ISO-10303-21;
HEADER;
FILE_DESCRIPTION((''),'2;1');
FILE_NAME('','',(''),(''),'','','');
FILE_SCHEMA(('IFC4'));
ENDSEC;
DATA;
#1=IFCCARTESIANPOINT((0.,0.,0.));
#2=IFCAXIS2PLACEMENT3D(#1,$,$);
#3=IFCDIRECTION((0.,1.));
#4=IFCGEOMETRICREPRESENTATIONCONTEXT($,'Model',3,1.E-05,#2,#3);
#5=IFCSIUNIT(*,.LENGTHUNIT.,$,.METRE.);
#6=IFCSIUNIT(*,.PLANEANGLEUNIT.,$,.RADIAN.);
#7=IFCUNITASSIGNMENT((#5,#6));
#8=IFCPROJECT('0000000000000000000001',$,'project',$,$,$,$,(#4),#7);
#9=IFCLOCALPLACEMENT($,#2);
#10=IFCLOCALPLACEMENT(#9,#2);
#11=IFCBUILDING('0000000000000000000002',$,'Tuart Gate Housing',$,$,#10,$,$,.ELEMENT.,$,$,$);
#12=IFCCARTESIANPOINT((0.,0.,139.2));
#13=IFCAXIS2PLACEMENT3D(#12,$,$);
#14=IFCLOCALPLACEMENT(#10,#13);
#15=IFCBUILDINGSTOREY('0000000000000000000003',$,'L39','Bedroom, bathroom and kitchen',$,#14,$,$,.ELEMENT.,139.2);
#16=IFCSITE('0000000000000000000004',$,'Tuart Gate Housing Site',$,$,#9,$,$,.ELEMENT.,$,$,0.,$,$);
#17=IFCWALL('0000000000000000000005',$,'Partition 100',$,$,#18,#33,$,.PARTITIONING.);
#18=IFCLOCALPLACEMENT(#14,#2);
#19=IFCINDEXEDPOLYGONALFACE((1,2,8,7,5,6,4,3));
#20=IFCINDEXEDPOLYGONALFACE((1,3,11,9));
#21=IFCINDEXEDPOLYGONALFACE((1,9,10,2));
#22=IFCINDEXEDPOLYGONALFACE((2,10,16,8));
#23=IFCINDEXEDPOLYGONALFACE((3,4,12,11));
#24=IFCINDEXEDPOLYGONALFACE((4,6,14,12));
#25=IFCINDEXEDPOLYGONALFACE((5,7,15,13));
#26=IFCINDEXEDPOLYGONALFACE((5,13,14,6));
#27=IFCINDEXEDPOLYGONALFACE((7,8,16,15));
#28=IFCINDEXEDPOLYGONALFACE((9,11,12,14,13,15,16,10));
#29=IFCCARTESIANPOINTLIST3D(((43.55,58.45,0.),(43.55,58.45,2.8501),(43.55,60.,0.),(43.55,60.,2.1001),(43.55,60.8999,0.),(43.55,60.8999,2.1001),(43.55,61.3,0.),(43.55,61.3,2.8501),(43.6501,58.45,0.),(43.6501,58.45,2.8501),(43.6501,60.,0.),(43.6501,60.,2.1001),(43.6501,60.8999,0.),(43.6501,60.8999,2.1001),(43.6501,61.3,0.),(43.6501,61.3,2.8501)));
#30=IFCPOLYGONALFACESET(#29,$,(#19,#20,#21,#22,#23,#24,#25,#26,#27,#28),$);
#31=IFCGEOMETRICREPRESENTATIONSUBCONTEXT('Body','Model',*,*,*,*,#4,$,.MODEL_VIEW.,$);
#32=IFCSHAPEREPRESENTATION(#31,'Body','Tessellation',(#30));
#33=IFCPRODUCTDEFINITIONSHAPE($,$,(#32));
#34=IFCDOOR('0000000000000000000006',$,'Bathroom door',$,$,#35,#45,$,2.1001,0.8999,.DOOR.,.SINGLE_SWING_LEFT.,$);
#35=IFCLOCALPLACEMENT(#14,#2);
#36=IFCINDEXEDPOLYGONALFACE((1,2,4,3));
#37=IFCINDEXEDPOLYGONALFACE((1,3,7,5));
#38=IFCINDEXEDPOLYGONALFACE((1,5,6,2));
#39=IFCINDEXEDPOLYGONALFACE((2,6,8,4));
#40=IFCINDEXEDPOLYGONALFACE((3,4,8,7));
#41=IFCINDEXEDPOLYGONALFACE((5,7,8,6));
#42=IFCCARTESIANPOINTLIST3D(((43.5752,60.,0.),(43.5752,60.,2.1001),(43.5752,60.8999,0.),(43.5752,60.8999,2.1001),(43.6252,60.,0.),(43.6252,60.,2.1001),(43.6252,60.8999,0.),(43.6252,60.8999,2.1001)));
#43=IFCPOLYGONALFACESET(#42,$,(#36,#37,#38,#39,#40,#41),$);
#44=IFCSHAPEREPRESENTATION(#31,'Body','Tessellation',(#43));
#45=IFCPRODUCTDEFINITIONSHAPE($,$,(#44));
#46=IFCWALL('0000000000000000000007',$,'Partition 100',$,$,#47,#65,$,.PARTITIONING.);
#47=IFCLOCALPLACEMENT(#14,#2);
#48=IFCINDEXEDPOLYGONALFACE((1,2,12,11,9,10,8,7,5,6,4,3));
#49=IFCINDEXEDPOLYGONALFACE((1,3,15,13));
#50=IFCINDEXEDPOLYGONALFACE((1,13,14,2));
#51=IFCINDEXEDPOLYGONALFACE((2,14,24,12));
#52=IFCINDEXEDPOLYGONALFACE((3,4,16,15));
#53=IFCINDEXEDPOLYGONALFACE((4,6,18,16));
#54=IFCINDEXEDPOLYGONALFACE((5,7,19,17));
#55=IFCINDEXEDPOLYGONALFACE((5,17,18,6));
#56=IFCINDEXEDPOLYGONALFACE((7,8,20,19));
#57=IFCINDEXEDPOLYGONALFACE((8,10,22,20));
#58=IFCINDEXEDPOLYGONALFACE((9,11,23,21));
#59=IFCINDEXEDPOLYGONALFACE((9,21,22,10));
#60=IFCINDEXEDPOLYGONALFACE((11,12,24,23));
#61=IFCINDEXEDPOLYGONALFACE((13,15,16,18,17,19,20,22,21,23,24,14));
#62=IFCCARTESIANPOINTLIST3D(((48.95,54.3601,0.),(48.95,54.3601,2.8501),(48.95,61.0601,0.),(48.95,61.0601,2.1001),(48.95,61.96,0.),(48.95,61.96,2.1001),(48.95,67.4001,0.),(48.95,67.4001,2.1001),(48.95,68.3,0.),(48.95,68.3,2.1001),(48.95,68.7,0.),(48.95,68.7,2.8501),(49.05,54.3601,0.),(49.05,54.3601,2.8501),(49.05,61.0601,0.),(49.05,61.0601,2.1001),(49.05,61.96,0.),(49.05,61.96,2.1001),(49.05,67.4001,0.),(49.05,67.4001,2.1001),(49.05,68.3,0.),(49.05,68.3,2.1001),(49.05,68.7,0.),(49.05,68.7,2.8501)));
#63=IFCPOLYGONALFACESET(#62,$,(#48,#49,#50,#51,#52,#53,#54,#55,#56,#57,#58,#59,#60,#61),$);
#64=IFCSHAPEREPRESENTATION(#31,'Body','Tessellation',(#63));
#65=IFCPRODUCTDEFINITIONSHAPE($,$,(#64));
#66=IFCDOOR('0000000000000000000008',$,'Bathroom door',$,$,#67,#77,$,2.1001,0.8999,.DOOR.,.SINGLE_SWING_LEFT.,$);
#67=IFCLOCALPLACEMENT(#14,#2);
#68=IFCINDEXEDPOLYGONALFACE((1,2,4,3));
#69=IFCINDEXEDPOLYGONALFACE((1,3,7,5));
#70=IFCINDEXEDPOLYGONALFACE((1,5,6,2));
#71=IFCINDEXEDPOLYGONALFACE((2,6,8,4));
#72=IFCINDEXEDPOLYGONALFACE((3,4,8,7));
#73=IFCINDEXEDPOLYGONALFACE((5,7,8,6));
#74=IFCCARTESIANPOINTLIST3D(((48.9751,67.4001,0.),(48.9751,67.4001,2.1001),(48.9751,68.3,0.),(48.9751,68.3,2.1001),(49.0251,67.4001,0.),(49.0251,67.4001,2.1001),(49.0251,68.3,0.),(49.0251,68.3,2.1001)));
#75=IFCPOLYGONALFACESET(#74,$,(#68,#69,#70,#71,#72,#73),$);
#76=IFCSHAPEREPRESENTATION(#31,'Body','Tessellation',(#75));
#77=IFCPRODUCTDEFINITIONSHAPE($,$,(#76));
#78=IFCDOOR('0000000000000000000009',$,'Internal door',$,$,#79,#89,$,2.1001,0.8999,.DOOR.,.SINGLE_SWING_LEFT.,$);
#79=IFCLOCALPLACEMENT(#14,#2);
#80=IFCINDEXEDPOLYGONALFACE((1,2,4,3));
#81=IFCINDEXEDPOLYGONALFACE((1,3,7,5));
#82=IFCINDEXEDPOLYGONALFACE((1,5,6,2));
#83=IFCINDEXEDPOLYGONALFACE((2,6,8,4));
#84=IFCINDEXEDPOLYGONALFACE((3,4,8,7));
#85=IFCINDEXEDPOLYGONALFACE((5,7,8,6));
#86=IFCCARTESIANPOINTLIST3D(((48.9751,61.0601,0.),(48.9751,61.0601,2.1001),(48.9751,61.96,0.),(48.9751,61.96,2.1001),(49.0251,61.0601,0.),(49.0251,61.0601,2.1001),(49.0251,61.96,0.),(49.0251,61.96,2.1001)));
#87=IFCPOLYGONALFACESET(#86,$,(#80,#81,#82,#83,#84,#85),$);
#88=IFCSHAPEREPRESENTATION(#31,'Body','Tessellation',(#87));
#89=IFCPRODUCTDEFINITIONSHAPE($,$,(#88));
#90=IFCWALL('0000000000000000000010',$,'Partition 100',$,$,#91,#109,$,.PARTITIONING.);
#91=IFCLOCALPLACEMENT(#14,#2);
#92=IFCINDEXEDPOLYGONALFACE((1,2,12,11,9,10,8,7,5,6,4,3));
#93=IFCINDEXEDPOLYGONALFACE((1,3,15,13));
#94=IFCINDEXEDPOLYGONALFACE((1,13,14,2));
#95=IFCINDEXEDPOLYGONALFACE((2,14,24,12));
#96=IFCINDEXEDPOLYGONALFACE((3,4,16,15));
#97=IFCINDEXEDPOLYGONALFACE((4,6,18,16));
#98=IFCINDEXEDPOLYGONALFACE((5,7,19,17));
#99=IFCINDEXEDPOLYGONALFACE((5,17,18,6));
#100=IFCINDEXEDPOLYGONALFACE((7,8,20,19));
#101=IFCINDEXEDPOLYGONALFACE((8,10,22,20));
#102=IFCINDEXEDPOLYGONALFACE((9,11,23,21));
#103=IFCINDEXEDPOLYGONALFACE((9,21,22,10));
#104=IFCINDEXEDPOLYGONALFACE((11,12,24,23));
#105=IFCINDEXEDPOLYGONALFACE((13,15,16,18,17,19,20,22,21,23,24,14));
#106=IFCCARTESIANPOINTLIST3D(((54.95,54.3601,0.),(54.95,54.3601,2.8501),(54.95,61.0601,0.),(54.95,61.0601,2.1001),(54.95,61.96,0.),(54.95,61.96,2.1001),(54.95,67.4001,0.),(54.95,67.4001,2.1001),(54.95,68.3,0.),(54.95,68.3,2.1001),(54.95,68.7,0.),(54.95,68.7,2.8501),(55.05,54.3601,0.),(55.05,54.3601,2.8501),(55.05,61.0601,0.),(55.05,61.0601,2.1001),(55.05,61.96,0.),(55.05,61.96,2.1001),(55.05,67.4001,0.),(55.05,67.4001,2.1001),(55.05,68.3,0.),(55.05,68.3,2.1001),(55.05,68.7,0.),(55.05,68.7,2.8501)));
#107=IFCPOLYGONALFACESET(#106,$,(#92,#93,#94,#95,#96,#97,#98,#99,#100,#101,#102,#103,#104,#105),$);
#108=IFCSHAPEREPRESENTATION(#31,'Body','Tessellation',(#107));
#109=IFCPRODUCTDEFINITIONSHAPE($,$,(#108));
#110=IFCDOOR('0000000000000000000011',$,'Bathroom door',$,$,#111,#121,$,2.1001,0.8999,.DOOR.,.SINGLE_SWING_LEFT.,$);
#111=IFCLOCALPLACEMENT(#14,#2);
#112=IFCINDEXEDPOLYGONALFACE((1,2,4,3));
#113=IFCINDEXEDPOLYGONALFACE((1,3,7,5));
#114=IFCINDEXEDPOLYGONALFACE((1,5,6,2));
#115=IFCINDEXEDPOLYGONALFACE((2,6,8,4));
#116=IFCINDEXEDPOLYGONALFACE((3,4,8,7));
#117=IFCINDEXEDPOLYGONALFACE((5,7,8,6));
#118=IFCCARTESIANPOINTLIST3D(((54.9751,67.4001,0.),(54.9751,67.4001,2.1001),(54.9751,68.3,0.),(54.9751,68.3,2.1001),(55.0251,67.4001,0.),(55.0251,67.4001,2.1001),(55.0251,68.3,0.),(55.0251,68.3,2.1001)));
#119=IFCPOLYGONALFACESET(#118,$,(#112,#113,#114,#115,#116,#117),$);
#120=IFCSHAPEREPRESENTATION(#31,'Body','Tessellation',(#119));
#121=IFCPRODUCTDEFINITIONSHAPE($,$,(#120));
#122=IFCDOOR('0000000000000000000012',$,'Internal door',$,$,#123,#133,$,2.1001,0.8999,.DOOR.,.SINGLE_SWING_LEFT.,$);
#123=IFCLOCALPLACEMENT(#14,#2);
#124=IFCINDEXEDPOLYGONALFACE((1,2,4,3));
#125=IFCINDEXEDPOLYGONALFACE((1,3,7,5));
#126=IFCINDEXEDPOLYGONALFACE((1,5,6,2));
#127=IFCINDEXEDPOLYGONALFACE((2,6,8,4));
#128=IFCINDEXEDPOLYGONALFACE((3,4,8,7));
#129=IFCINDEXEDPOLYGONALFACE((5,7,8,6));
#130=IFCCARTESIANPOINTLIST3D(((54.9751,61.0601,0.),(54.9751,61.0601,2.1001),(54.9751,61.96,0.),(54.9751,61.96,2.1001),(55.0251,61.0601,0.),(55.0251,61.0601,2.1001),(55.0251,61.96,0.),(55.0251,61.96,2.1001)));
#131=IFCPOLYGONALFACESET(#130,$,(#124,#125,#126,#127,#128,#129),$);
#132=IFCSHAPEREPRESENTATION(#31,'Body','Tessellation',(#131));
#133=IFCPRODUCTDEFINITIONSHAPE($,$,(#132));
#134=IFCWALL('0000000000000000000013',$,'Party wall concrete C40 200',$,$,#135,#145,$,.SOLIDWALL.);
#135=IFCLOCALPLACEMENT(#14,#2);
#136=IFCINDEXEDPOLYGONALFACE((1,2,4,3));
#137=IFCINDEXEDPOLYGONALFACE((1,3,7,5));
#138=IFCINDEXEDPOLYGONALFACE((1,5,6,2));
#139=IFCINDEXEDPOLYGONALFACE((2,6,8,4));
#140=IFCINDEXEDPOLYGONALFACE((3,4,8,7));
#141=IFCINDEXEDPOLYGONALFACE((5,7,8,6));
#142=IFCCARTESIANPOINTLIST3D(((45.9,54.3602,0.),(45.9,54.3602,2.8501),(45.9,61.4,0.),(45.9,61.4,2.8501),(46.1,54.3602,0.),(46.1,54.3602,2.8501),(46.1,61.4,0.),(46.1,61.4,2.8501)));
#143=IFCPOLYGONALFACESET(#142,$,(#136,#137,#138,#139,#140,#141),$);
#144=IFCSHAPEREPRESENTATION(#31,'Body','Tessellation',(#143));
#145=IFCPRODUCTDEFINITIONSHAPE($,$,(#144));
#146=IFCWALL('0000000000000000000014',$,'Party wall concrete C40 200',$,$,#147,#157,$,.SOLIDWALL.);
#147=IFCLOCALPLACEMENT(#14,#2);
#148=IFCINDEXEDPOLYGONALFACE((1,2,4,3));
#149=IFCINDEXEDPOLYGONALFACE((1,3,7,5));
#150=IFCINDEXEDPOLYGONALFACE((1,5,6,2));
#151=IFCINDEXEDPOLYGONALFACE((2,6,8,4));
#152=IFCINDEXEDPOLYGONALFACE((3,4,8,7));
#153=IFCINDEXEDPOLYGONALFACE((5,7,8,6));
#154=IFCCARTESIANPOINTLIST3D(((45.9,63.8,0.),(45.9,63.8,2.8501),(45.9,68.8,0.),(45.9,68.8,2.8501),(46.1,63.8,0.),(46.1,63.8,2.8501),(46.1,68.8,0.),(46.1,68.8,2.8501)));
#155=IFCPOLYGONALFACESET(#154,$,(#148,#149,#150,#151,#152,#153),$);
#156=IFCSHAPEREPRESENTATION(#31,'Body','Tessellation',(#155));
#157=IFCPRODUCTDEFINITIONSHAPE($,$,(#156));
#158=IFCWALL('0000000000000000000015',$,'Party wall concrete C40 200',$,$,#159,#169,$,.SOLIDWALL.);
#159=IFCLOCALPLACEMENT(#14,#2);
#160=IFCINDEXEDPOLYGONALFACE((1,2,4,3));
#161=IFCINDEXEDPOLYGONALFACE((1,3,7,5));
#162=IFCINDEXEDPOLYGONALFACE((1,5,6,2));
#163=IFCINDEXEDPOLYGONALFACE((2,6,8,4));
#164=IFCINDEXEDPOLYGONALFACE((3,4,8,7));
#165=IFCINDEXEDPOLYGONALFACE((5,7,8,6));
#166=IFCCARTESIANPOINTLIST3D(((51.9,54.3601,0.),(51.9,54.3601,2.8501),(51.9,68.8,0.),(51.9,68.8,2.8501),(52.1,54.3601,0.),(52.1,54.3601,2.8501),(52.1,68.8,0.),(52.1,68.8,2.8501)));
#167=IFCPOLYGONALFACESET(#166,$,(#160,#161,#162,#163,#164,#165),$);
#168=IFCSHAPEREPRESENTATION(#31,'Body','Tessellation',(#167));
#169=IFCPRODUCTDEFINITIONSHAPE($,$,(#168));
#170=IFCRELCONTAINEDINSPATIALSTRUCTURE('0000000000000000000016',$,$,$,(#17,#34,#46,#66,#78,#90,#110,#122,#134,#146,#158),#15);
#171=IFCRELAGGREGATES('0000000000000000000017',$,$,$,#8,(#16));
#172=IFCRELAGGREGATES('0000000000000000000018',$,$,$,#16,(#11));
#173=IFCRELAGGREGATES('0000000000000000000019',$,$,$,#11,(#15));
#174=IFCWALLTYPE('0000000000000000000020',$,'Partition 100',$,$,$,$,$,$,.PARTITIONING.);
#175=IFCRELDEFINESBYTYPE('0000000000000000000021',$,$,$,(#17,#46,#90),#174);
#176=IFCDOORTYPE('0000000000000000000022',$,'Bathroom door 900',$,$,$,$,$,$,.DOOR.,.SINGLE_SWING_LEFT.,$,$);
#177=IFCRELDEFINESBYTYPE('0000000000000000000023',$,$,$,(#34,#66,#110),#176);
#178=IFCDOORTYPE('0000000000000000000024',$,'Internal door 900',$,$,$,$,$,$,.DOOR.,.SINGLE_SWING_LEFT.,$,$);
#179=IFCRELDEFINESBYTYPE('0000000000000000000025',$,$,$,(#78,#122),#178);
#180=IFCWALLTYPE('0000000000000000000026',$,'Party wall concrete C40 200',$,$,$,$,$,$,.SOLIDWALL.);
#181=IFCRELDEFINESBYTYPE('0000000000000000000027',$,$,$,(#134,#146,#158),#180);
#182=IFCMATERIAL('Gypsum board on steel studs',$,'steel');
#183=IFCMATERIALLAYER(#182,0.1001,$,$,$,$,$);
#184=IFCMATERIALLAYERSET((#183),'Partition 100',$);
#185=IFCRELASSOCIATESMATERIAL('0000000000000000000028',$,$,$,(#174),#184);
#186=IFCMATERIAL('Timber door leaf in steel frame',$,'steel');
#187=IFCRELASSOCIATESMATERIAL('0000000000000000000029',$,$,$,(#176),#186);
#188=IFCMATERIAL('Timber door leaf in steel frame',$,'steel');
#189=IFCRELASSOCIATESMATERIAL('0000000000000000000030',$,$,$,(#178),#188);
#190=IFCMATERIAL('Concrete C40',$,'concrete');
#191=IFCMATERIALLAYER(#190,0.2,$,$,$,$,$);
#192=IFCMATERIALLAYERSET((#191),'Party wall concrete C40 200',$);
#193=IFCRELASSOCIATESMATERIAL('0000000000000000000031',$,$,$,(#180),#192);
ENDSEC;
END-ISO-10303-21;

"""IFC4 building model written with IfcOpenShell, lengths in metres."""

from ifc_helpers import new_model, si_unit, direction, frame, frame_2d, origin, place, context, subcontext, project, spatial, rectangle, extrude, material, layer, layer_set, type_object, element, fill, save


model = new_model("IFC4")

# Units and contexts
model_context = context("Model", 3, precision=1e-05, world=origin(), true_north=direction((0.0, 1.0)))
body_context = subcontext(model_context, "Body", "Model", "MODEL_VIEW")
ifc_project = project(units=[si_unit("LENGTHUNIT", "METRE"), si_unit("PLANEANGLEUNIT", "RADIAN")], contexts=[model_context])

# Site, building, storey
site_placement = place(None, origin())
site = spatial("IfcSite", under=ifc_project, at=site_placement, Name="Tuart Gate Housing Site", CompositionType="ELEMENT", RefElevation=0.0)
building_placement = place(site_placement, origin())
building = spatial("IfcBuilding", under=site, at=building_placement, Name="Tuart Gate Housing", CompositionType="ELEMENT")
storey_placement = place(building_placement, frame((0.0, 0.0, 139.2)))
storey = spatial("IfcBuildingStorey", under=building, at=storey_placement, Name="L39", Description="Bedroom, bathroom and kitchen", CompositionType="ELEMENT", Elevation=139.2)

# Shared definitions
ifc_material_1 = material(Name="Gypsum board on steel studs", Category="steel")
ifc_layer_1 = layer(ifc_material_1, 0.1001)
ifc_layer_set_1 = layer_set([ifc_layer_1], Name="Partition 100")
wall_type_1 = type_object("IfcWallType", Name="Partition 100", PredefinedType="PARTITIONING", material=ifc_layer_set_1)

# Wall, opening, door
wall_1_placement = place(storey_placement, frame((43.6001, 58.45, 0.0), z_axis=(0.0, 0.0, 1.0), x_axis=(0.0, 1.0, 0.0)))
wall_1 = element("IfcWall", 1, at=wall_1_placement, inside=storey, type_object=wall_type_1, Name="Partition 100", PredefinedType="PARTITIONING", context=body_context, shape_type="SweptSolid", body=[
    extrude(rectangle(XDim=2.8501, YDim=0.1001, at=frame_2d((1.425, 0.0))), origin(), (0.0, 0.0, 1.0), 2.8501),
])
opening_1_placement = place(wall_1_placement, frame((1.55, 0.0, 0.0)))
opening_1 = element("IfcOpeningElement", 2, at=opening_1_placement, cuts=wall_1, PredefinedType="OPENING", context=body_context, shape_type="SweptSolid", body=[
    extrude(rectangle(XDim=0.8999, YDim=2.1001, at=frame_2d((0.45, 1.05))), frame((0.0, 0.0601, 0.0), z_axis=(0.0, -1.0, 0.0), x_axis=(1.0, 0.0, 0.0)), (0.0, 0.0, 1.0), 0.1201),
])
ifc_material_2 = material(Name="Timber door leaf in steel frame", Category="steel")
door_type_1 = type_object("IfcDoorType", Name="Bathroom door 900", OperationType="SINGLE_SWING_LEFT", PredefinedType="DOOR", material=ifc_material_2)
door_1_placement = place(opening_1_placement, frame((0.8999, 0.0, 0.0), z_axis=(0.0, 0.0, 1.0), x_axis=(-1.0, 0.0, 0.0)))
door_1 = element("IfcDoor", 3, at=door_1_placement, inside=storey, type_object=door_type_1, Name="Bathroom door", OperationType="SINGLE_SWING_LEFT", OverallHeight=2.1001, OverallWidth=0.8999, PredefinedType="DOOR", context=body_context, shape_type="SweptSolid", body=[
    extrude(rectangle(XDim=0.8999, YDim=2.1001, at=frame_2d((0.45, 1.05))), frame((0.0, 0.0251, 0.0), z_axis=(0.0, -1.0, 0.0), x_axis=(1.0, 0.0, 0.0)), (0.0, 0.0, 1.0), 0.05),
])
fill(opening_1, door_1)

# Walls, openings, doors
wall_2_placement = place(storey_placement, frame((49.0, 54.3601, 0.0), z_axis=(0.0, 0.0, 1.0), x_axis=(0.0, 1.0, 0.0)))
wall_2 = element("IfcWall", 4, at=wall_2_placement, inside=storey, type_object=wall_type_1, Name="Partition 100", PredefinedType="PARTITIONING", context=body_context, shape_type="SweptSolid", body=[
    extrude(rectangle(XDim=14.3398, YDim=0.1001, at=frame_2d((7.1699, 0.0))), origin(), (0.0, 0.0, 1.0), 2.8501),
])
opening_2_placement = place(wall_2_placement, frame((6.7, 0.0, 0.0)))
opening_2 = element("IfcOpeningElement", 5, at=opening_2_placement, cuts=wall_2, PredefinedType="OPENING", context=body_context, shape_type="SweptSolid", body=[
    extrude(rectangle(XDim=0.8999, YDim=2.1001, at=frame_2d((0.45, 1.05))), frame((0.0, 0.0601, 0.0), z_axis=(0.0, -1.0, 0.0), x_axis=(1.0, 0.0, 0.0)), (0.0, 0.0, 1.0), 0.1201),
])
opening_3_placement = place(wall_2_placement, frame((13.04, 0.0, 0.0)))
opening_3 = element("IfcOpeningElement", 6, at=opening_3_placement, cuts=wall_2, PredefinedType="OPENING", context=body_context, shape_type="SweptSolid", body=[
    extrude(rectangle(XDim=0.8999, YDim=2.1001, at=frame_2d((0.45, 1.05))), frame((0.0, 0.0601, 0.0), z_axis=(0.0, -1.0, 0.0), x_axis=(1.0, 0.0, 0.0)), (0.0, 0.0, 1.0), 0.1201),
])
door_2_placement = place(opening_3_placement, frame((0.8999, 0.0, 0.0), z_axis=(0.0, 0.0, 1.0), x_axis=(-1.0, 0.0, 0.0)))
door_2 = element("IfcDoor", 7, at=door_2_placement, inside=storey, type_object=door_type_1, Name="Bathroom door", OperationType="SINGLE_SWING_LEFT", OverallHeight=2.1001, OverallWidth=0.8999, PredefinedType="DOOR", context=body_context, shape_type="SweptSolid", body=[
    extrude(rectangle(XDim=0.8999, YDim=2.1001, at=frame_2d((0.45, 1.05))), frame((0.0, 0.0251, 0.0), z_axis=(0.0, -1.0, 0.0), x_axis=(1.0, 0.0, 0.0)), (0.0, 0.0, 1.0), 0.05),
])
fill(opening_3, door_2)
ifc_material_3 = material(Name="Timber door leaf in steel frame", Category="steel")
door_type_2 = type_object("IfcDoorType", Name="Internal door 900", OperationType="SINGLE_SWING_LEFT", PredefinedType="DOOR", material=ifc_material_3)
door_3_placement = place(opening_2_placement, frame((0.8999, 0.0, 0.0), z_axis=(0.0, 0.0, 1.0), x_axis=(-1.0, 0.0, 0.0)))
door_3 = element("IfcDoor", 8, at=door_3_placement, inside=storey, type_object=door_type_2, Name="Internal door", OperationType="SINGLE_SWING_LEFT", OverallHeight=2.1001, OverallWidth=0.8999, PredefinedType="DOOR", context=body_context, shape_type="SweptSolid", body=[
    extrude(rectangle(XDim=0.8999, YDim=2.1001, at=frame_2d((0.45, 1.05))), frame((0.0, 0.0251, 0.0), z_axis=(0.0, -1.0, 0.0), x_axis=(1.0, 0.0, 0.0)), (0.0, 0.0, 1.0), 0.05),
])
fill(opening_2, door_3)
wall_3_placement = place(storey_placement, frame((55.0, 54.3601, 0.0), z_axis=(0.0, 0.0, 1.0), x_axis=(0.0, 1.0, 0.0)))
wall_3 = element("IfcWall", 9, at=wall_3_placement, inside=storey, type_object=wall_type_1, Name="Partition 100", PredefinedType="PARTITIONING", context=body_context, shape_type="SweptSolid", body=[
    extrude(rectangle(XDim=14.3398, YDim=0.1001, at=frame_2d((7.1699, 0.0))), origin(), (0.0, 0.0, 1.0), 2.8501),
])
opening_4_placement = place(wall_3_placement, frame((6.7, 0.0, 0.0)))
opening_4 = element("IfcOpeningElement", 10, at=opening_4_placement, cuts=wall_3, PredefinedType="OPENING", context=body_context, shape_type="SweptSolid", body=[
    extrude(rectangle(XDim=0.8999, YDim=2.1001, at=frame_2d((0.45, 1.05))), frame((0.0, 0.0601, 0.0), z_axis=(0.0, -1.0, 0.0), x_axis=(1.0, 0.0, 0.0)), (0.0, 0.0, 1.0), 0.1201),
])
opening_5_placement = place(wall_3_placement, frame((13.04, 0.0, 0.0)))
opening_5 = element("IfcOpeningElement", 11, at=opening_5_placement, cuts=wall_3, PredefinedType="OPENING", context=body_context, shape_type="SweptSolid", body=[
    extrude(rectangle(XDim=0.8999, YDim=2.1001, at=frame_2d((0.45, 1.05))), frame((0.0, 0.0601, 0.0), z_axis=(0.0, -1.0, 0.0), x_axis=(1.0, 0.0, 0.0)), (0.0, 0.0, 1.0), 0.1201),
])
door_4_placement = place(opening_5_placement, frame((0.8999, 0.0, 0.0), z_axis=(0.0, 0.0, 1.0), x_axis=(-1.0, 0.0, 0.0)))
door_4 = element("IfcDoor", 12, at=door_4_placement, inside=storey, type_object=door_type_1, Name="Bathroom door", OperationType="SINGLE_SWING_LEFT", OverallHeight=2.1001, OverallWidth=0.8999, PredefinedType="DOOR", context=body_context, shape_type="SweptSolid", body=[
    extrude(rectangle(XDim=0.8999, YDim=2.1001, at=frame_2d((0.45, 1.05))), frame((0.0, 0.0251, 0.0), z_axis=(0.0, -1.0, 0.0), x_axis=(1.0, 0.0, 0.0)), (0.0, 0.0, 1.0), 0.05),
])
fill(opening_5, door_4)
door_5_placement = place(opening_4_placement, frame((0.8999, 0.0, 0.0), z_axis=(0.0, 0.0, 1.0), x_axis=(-1.0, 0.0, 0.0)))
door_5 = element("IfcDoor", 13, at=door_5_placement, inside=storey, type_object=door_type_2, Name="Internal door", OperationType="SINGLE_SWING_LEFT", OverallHeight=2.1001, OverallWidth=0.8999, PredefinedType="DOOR", context=body_context, shape_type="SweptSolid", body=[
    extrude(rectangle(XDim=0.8999, YDim=2.1001, at=frame_2d((0.45, 1.05))), frame((0.0, 0.0251, 0.0), z_axis=(0.0, -1.0, 0.0), x_axis=(1.0, 0.0, 0.0)), (0.0, 0.0, 1.0), 0.05),
])
fill(opening_4, door_5)

# Walls
ifc_material_4 = material(Name="Concrete C40", Category="concrete")
ifc_layer_2 = layer(ifc_material_4, 0.2)
ifc_layer_set_2 = layer_set([ifc_layer_2], Name="Party wall concrete C40 200")
wall_type_2 = type_object("IfcWallType", Name="Party wall concrete C40 200", PredefinedType="SOLIDWALL", material=ifc_layer_set_2)
wall_4_placement = place(storey_placement, frame((46.0, 54.3601, 0.0), z_axis=(0.0, 0.0, 1.0), x_axis=(0.0, 1.0, 0.0)))
element("IfcWall", 14, at=wall_4_placement, inside=storey, type_object=wall_type_2, Name="Party wall concrete C40 200", PredefinedType="SOLIDWALL", context=body_context, shape_type="SweptSolid", body=[
    extrude(rectangle(XDim=7.0398, YDim=0.2, at=frame_2d((3.52, 0.0))), origin(), (0.0, 0.0, 1.0), 2.8501),
])
wall_5_placement = place(storey_placement, frame((46.0, 63.8, 0.0), z_axis=(0.0, 0.0, 1.0), x_axis=(0.0, 1.0, 0.0)))
element("IfcWall", 15, at=wall_5_placement, inside=storey, type_object=wall_type_2, Name="Party wall concrete C40 200", PredefinedType="SOLIDWALL", context=body_context, shape_type="SweptSolid", body=[
    extrude(rectangle(XDim=5.0, YDim=0.2, at=frame_2d((2.5, 0.0))), origin(), (0.0, 0.0, 1.0), 2.8501),
])
wall_6_placement = place(storey_placement, frame((52.0, 54.3601, 0.0), z_axis=(0.0, 0.0, 1.0), x_axis=(0.0, 1.0, 0.0)))
element("IfcWall", 16, at=wall_6_placement, inside=storey, type_object=wall_type_2, Name="Party wall concrete C40 200", PredefinedType="SOLIDWALL", context=body_context, shape_type="SweptSolid", body=[
    extrude(rectangle(XDim=14.4399, YDim=0.2, at=frame_2d((7.22, 0.0))), origin(), (0.0, 0.0, 1.0), 2.8501),
])

save(model, "model.ifc")
